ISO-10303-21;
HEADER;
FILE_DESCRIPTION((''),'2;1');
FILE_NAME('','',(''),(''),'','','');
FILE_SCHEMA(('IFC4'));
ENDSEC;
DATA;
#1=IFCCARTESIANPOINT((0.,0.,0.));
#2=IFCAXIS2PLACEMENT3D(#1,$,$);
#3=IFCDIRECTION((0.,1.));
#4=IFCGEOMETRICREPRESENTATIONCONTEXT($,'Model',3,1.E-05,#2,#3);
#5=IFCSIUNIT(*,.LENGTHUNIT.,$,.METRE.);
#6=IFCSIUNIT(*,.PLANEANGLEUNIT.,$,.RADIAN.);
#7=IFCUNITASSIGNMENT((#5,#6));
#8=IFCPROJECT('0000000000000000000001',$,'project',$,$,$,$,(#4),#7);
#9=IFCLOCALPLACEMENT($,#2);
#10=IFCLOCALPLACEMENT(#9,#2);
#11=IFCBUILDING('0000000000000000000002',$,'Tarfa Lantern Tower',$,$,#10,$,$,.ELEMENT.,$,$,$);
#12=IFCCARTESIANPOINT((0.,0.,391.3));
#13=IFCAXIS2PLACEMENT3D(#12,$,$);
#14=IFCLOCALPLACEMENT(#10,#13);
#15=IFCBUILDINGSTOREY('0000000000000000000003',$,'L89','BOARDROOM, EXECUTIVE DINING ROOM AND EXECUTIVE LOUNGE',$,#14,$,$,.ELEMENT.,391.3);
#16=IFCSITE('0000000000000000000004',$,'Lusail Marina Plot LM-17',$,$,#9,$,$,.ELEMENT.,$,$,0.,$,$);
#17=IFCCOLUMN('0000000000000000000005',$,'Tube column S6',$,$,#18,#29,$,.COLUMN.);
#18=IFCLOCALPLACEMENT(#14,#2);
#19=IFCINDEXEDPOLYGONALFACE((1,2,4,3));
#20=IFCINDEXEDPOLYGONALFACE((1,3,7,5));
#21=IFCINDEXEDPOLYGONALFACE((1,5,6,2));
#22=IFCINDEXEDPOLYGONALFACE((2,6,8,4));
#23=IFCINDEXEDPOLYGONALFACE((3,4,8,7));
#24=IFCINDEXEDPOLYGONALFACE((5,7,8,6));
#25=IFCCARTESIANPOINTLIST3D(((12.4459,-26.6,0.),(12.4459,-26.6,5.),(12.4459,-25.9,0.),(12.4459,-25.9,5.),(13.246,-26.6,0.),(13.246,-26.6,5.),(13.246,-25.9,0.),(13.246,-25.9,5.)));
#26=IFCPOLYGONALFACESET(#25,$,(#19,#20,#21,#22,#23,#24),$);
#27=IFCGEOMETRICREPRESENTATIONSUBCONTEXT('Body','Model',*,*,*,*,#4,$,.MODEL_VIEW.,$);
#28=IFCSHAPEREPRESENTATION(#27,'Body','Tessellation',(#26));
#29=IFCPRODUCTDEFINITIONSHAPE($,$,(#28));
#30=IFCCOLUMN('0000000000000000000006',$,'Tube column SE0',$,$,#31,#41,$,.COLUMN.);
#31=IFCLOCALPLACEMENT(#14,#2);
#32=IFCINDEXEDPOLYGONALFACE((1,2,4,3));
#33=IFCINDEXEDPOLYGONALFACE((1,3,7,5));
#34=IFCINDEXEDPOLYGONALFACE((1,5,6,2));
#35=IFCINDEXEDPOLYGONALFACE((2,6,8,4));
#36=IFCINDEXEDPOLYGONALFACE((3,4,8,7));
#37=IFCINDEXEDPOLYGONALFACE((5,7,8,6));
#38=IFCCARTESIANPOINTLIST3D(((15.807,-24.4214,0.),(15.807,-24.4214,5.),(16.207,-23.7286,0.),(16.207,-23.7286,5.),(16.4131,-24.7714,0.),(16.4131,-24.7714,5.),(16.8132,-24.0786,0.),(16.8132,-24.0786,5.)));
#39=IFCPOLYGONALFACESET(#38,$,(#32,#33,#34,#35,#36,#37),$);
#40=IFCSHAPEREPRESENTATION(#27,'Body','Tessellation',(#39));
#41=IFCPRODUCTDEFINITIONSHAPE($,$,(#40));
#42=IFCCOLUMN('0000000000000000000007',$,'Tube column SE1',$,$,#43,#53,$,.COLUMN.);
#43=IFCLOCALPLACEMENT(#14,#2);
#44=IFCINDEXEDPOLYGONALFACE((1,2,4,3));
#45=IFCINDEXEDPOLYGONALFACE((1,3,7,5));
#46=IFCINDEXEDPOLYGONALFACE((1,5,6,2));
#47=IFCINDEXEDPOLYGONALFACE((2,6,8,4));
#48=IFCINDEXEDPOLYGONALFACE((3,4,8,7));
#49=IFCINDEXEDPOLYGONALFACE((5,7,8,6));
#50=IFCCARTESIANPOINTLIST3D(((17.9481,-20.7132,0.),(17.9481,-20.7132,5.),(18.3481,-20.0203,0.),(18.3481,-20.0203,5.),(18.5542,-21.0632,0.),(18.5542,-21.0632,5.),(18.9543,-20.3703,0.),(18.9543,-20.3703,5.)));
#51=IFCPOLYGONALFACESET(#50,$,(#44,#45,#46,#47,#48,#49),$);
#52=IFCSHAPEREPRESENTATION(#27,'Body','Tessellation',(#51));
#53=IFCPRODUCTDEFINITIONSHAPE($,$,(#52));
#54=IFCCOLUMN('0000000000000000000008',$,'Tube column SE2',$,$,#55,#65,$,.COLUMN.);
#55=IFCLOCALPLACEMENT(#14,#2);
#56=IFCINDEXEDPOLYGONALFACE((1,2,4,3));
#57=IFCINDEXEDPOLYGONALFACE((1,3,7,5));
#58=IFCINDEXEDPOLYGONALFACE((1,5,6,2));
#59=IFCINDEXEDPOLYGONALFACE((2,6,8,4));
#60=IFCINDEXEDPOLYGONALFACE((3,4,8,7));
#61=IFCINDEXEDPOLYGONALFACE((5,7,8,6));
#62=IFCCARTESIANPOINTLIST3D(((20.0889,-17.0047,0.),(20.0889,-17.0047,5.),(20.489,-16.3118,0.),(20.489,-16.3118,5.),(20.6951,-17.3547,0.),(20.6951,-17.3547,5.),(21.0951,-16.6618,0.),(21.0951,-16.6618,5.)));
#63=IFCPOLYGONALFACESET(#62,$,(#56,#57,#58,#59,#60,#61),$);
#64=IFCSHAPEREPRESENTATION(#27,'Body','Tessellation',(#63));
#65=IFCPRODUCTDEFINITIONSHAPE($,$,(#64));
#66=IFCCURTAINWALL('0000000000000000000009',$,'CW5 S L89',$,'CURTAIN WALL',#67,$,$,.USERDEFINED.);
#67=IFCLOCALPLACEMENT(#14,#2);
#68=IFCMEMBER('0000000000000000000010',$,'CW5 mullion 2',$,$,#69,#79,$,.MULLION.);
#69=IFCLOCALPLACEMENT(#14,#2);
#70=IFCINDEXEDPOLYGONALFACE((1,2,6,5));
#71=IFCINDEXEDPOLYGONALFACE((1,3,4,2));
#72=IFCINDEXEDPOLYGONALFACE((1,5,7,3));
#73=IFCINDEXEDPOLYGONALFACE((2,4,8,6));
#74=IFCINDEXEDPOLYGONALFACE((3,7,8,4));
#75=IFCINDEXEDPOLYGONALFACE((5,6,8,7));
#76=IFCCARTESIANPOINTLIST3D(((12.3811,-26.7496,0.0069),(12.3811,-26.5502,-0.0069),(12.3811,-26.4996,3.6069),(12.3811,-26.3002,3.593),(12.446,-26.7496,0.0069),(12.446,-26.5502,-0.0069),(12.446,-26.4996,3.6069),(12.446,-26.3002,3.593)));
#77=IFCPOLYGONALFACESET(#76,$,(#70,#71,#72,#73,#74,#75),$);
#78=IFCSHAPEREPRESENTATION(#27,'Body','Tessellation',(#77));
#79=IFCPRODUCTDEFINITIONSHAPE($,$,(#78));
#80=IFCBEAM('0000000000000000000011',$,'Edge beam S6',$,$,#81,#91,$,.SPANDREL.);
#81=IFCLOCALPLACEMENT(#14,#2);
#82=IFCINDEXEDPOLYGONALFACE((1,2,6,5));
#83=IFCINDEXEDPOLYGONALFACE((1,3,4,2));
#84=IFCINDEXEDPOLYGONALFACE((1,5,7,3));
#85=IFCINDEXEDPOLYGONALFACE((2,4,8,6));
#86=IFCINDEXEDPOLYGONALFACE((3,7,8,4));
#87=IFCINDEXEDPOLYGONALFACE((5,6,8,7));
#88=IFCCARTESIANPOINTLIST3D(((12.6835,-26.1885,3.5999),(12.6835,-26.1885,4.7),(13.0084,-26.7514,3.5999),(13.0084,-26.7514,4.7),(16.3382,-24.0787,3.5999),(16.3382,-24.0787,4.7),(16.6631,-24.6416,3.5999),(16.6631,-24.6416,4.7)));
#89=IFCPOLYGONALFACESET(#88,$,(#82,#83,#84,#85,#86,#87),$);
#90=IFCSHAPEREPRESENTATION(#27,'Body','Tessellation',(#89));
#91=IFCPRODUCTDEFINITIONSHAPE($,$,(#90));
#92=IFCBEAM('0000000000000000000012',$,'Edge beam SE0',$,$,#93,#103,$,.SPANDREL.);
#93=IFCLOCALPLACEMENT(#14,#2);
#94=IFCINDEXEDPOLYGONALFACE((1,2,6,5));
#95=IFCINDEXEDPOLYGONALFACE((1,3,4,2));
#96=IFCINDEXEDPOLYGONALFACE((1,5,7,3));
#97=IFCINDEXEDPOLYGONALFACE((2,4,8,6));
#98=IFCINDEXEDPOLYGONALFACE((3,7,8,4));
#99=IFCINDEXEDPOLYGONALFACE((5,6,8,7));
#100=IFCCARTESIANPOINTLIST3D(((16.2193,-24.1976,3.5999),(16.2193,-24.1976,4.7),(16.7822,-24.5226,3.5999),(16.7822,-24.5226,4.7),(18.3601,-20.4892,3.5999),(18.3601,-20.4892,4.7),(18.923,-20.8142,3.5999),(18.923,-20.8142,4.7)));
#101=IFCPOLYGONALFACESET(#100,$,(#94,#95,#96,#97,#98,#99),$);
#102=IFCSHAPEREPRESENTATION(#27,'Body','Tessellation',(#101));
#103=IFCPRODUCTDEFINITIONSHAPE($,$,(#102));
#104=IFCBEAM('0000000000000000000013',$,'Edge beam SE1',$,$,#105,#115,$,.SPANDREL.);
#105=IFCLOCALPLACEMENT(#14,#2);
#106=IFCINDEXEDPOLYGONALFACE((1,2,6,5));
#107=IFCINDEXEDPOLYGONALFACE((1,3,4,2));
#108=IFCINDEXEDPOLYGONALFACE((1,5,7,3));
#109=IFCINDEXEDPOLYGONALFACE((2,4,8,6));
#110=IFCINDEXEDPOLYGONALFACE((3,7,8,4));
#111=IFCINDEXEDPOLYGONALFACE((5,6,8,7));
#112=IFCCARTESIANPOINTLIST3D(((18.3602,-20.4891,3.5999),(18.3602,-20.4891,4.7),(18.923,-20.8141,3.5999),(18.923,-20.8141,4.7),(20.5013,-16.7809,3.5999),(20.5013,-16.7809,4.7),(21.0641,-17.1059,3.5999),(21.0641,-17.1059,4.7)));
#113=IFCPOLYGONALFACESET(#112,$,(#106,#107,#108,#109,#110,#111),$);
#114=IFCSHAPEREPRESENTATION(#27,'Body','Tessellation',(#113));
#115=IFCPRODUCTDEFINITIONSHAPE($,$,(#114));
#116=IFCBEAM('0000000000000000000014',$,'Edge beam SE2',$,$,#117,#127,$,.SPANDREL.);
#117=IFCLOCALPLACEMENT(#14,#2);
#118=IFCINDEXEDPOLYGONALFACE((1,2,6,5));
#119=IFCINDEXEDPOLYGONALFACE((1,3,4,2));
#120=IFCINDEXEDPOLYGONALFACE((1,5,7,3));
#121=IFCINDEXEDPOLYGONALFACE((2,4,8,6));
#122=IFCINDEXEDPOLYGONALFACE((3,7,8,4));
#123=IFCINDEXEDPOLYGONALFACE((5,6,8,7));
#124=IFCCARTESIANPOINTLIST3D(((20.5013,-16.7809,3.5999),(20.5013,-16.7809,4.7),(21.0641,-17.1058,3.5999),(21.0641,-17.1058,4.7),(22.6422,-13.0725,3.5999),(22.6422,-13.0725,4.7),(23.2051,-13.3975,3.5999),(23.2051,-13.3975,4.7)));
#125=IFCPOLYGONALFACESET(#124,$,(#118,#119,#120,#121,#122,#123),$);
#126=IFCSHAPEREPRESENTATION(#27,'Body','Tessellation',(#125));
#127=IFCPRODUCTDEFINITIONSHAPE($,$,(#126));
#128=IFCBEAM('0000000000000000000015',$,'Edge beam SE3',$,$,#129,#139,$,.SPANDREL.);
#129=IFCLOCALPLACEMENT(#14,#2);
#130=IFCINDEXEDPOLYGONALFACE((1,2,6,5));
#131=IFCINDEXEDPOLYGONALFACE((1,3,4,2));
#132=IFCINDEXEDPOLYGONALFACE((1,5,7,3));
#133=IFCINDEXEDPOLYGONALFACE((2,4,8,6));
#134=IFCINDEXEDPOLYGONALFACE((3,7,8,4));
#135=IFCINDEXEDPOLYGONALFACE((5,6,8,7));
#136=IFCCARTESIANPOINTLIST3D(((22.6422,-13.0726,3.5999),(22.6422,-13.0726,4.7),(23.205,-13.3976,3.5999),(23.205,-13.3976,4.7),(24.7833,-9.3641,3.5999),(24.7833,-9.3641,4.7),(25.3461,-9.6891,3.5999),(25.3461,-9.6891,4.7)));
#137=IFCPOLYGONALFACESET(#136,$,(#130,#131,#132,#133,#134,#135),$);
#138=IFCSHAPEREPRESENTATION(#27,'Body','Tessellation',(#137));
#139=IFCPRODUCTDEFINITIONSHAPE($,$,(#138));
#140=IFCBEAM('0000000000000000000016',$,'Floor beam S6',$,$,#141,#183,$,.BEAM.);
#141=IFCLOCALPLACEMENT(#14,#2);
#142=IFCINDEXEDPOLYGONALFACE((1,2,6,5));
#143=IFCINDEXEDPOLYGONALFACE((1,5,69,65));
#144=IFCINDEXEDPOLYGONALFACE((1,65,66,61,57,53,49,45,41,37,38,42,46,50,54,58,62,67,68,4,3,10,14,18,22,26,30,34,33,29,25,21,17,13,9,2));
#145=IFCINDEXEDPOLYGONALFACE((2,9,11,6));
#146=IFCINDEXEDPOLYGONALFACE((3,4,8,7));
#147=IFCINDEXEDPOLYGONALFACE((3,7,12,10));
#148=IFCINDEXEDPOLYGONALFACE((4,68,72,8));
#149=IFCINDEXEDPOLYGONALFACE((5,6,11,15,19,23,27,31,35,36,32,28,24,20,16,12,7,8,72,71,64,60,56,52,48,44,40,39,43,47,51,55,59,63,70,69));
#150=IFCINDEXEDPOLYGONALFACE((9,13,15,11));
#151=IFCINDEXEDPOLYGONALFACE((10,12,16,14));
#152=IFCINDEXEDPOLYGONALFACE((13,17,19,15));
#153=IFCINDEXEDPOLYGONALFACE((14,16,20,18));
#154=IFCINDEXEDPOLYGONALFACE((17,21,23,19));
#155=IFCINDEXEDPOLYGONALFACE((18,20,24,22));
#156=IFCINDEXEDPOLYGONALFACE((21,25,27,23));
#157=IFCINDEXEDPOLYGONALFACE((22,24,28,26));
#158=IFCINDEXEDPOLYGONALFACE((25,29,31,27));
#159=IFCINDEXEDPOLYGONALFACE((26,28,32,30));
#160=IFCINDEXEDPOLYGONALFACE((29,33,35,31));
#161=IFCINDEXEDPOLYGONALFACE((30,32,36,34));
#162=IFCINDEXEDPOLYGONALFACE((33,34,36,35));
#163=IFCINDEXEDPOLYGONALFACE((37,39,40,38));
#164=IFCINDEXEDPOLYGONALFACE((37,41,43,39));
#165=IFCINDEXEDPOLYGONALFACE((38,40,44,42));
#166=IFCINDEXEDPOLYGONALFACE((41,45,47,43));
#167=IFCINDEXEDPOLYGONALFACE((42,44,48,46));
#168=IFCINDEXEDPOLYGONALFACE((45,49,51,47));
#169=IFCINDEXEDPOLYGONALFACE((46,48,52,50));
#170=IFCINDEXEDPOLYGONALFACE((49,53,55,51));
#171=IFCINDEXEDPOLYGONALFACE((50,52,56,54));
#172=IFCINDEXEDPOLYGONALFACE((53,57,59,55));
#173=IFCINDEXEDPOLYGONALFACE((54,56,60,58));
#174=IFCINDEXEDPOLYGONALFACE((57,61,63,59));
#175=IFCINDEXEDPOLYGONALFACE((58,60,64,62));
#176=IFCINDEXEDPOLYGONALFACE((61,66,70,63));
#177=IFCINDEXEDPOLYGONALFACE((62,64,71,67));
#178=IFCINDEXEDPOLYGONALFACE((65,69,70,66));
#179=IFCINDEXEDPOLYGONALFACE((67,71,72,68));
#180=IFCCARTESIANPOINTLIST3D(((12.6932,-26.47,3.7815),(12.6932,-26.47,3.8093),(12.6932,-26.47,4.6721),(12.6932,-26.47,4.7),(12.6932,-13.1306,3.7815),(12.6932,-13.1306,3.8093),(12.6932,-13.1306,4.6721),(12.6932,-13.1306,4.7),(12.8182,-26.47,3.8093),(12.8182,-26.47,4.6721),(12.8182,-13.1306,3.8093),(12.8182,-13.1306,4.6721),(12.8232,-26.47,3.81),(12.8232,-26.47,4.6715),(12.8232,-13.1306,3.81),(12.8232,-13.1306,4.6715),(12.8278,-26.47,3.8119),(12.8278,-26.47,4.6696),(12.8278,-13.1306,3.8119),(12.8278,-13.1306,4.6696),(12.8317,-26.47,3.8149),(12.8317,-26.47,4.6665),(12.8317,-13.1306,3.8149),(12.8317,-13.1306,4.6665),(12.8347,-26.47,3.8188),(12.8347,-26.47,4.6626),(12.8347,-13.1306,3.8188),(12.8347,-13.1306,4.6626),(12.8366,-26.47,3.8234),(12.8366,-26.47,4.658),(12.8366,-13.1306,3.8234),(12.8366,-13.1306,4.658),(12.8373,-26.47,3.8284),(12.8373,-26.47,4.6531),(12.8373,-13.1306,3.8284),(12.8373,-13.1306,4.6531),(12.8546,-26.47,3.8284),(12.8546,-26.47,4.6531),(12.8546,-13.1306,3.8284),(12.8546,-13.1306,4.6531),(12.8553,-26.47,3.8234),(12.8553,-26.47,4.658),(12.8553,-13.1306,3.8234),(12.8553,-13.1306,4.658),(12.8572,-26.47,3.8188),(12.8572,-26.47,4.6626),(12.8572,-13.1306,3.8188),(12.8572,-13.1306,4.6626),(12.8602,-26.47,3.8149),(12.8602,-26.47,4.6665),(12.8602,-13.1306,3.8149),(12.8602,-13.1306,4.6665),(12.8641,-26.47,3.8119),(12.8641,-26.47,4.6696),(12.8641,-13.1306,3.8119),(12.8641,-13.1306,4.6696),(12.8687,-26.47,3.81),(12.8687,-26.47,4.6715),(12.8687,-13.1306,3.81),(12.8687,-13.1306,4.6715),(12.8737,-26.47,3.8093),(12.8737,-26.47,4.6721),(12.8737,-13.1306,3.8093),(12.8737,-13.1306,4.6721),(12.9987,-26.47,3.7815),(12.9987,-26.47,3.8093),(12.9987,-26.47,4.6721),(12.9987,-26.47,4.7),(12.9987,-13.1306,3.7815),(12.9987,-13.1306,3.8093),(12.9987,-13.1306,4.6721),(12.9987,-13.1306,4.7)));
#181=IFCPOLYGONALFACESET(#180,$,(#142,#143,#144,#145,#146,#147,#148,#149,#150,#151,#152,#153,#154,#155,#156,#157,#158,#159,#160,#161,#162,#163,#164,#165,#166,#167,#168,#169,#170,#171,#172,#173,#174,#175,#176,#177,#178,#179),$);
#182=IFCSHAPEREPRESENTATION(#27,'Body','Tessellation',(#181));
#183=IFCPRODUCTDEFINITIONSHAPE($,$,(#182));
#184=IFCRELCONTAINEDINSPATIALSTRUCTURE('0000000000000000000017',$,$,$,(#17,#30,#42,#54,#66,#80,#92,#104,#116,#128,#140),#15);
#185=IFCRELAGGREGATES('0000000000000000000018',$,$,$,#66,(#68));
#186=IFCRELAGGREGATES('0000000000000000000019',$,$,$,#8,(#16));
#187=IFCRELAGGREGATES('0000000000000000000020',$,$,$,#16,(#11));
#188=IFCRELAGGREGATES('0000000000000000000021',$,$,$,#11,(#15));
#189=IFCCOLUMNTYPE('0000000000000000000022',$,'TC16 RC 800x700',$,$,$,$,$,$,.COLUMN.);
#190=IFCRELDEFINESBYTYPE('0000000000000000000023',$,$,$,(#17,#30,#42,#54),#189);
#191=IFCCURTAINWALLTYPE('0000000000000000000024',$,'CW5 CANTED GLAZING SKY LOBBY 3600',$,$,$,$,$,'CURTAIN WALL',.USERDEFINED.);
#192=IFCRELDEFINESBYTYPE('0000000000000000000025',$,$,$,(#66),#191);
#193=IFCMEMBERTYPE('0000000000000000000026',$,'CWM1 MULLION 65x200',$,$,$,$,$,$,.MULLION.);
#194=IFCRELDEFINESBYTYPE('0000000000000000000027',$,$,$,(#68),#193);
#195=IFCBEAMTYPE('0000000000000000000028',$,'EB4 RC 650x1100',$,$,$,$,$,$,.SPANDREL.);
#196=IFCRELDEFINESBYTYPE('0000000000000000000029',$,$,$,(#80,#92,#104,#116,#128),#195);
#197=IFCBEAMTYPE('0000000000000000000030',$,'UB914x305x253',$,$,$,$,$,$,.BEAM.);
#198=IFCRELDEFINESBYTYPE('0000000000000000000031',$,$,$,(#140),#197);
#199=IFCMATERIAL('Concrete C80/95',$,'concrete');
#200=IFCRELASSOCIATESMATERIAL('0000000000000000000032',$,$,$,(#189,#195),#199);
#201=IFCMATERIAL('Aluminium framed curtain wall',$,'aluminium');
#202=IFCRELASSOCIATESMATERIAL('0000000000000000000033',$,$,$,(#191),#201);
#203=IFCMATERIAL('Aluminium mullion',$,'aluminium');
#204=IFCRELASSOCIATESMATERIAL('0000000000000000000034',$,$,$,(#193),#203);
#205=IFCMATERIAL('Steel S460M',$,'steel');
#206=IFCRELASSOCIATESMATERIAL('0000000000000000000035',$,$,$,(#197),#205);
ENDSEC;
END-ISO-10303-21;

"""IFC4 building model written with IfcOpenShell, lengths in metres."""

from ifc_helpers import new_model, si_unit, direction, frame, origin, origin_2d, place, context, subcontext, project, spatial, rectangle, i_section, extrude, material, material_profile, profile_set, type_object, element, aggregate, save


model = new_model("IFC4")

# Units and contexts
model_context = context("Model", 3, precision=1e-05, world=origin(), true_north=direction((0.0, 1.0)))
body_context = subcontext(model_context, "Body", "Model", "MODEL_VIEW")
ifc_project = project(units=[si_unit("LENGTHUNIT", "METRE"), si_unit("PLANEANGLEUNIT", "RADIAN")], contexts=[model_context])

# Site, building, storey
site_placement = place(None, origin())
site = spatial("IfcSite", under=ifc_project, at=site_placement, Name="Lusail Marina Plot LM-17", CompositionType="ELEMENT", RefElevation=0.0)
building_placement = place(site_placement, origin())
building = spatial("IfcBuilding", under=site, at=building_placement, Name="Tarfa Lantern Tower", CompositionType="ELEMENT")
storey_placement = place(building_placement, frame((0.0, 0.0, 391.3)))
storey = spatial("IfcBuildingStorey", under=building, at=storey_placement, Name="L89", Description="BOARDROOM, EXECUTIVE DINING ROOM AND EXECUTIVE LOUNGE", CompositionType="ELEMENT", Elevation=391.3)

# Columns
ifc_material_1 = material(Name="Concrete C80/95", Category="concrete")
ifc_material_profile_1 = material_profile(ifc_material_1, rectangle(XDim=0.8, YDim=0.7, at=origin_2d()), Name="RC 800x700")
ifc_profile_set_1 = profile_set([ifc_material_profile_1], Name="Concrete C80/95")
column_type = type_object("IfcColumnType", Name="TC16 RC 800x700", PredefinedType="COLUMN", material=ifc_profile_set_1)
for number, where, z_axis, x_axis, name in (
    (1, (12.8459, -26.25, 0.0), (0.0, 0.0, 1.0), (1.0, 0.0, 0.0), "Tube column S6"),
    (2, (16.3101, -24.25, 0.0), (0.0, 0.0, 1.0), (0.5, 0.866025, 0.0), "Tube column SE0"),
    (3, (18.4512, -20.5417, 0.0), (0.0, 0.0, 1.0), (0.5, 0.866025, 0.0), "Tube column SE1"),
    (4, (20.592, -16.8333, 0.0), (0.0, 0.0, 1.0), (0.5, 0.866025, 0.0), "Tube column SE2"),
):
    element("IfcColumn", number, at=place(storey_placement, frame(where, z_axis=z_axis, x_axis=x_axis)), inside=storey, type_object=column_type, Name=name, PredefinedType="COLUMN", context=body_context, shape_type="SweptSolid", body=[
        extrude(rectangle(XDim=0.8, YDim=0.7, at=origin_2d()), origin(), (0.0, 0.0, 1.0), 5.0),
    ])

# Curtain wall, member
ifc_material_2 = material(Name="Aluminium framed curtain wall", Category="aluminium")
curtain_wall_type = type_object("IfcCurtainWallType", Name="CW5 CANTED GLAZING SKY LOBBY 3600", ElementType="CURTAIN WALL", PredefinedType="USERDEFINED", material=ifc_material_2)
curtain_wall_placement = place(storey_placement, origin())
curtain_wall = element("IfcCurtainWall", 5, at=curtain_wall_placement, inside=storey, type_object=curtain_wall_type, Name="CW5 S L89", ObjectType="CURTAIN WALL", PredefinedType="USERDEFINED")
ifc_material_3 = material(Name="Aluminium mullion", Category="aluminium")
ifc_material_profile_2 = material_profile(ifc_material_3, rectangle(XDim=0.0649, YDim=0.2, at=origin_2d()), Name="AL MULLION 65x200")
ifc_profile_set_2 = profile_set([ifc_material_profile_2], Name="Aluminium mullion")
member_type = type_object("IfcMemberType", Name="CWM1 MULLION 65x200", PredefinedType="MULLION", material=ifc_profile_set_2)
member_placement = place(storey_placement, frame((12.4136, -26.6499, 0.0), z_axis=(0.0, 0.06928, 0.997597), x_axis=(-1.0, 0.0, 0.0)))
member = element("IfcMember", 6, at=member_placement, type_object=member_type, Name="CW5 mullion 2", PredefinedType="MULLION", context=body_context, shape_type="SweptSolid", body=[
    extrude(rectangle(XDim=0.0649, YDim=0.2, at=origin_2d()), origin(), (0.0, 0.0, 1.0), 3.6086),
])
aggregate(curtain_wall, [member])

# Beams
ifc_material_profile_3 = material_profile(ifc_material_1, rectangle(XDim=0.6499, YDim=1.1001, at=origin_2d()), Name="RC 650x1100")
ifc_profile_set_3 = profile_set([ifc_material_profile_3], Name="Concrete C80/95")
beam_type_1 = type_object("IfcBeamType", Name="EB4 RC 650x1100", PredefinedType="SPANDREL", material=ifc_profile_set_3)
beam_1_placement = place(storey_placement, frame((12.8459, -26.47, 4.1499), z_axis=(0.866049, 0.499959, 0.0), x_axis=(-0.499959, 0.866049, 0.0)))
element("IfcBeam", 7, at=beam_1_placement, inside=storey, type_object=beam_type_1, Name="Edge beam S6", PredefinedType="SPANDREL", context=body_context, shape_type="SweptSolid", body=[
    extrude(rectangle(XDim=0.6499, YDim=1.1001, at=origin_2d()), origin(), (0.0, 0.0, 1.0), 4.22),
])
for number, where, z_axis, x_axis, name in (
    (8, (16.5007, -24.3601, 4.1499), (0.499959, 0.866049, 0.0), (-0.866049, 0.499959, 0.0), "Edge beam SE0"),
    (9, (18.6416, -20.6516, 4.1499), (0.500027, 0.86601, 0.0), (-0.86601, 0.500027, 0.0), "Edge beam SE1"),
    (10, (20.7827, -16.9434, 4.1499), (0.499984, 0.866035, 0.0), (-0.866035, 0.499984, 0.0), "Edge beam SE2"),
):
    element("IfcBeam", number, at=place(storey_placement, frame(where, z_axis=z_axis, x_axis=x_axis)), inside=storey, type_object=beam_type_1, Name=name, PredefinedType="SPANDREL", context=body_context, shape_type="SweptSolid", body=[
        extrude(rectangle(XDim=0.6499, YDim=1.1001, at=origin_2d()), origin(), (0.0, 0.0, 1.0), 4.282),
    ])
beam_2_placement = place(storey_placement, frame((22.9236, -13.2351, 4.1499), z_axis=(0.500002, 0.866024, 0.0), x_axis=(-0.866024, 0.500002, 0.0)))
element("IfcBeam", 11, at=beam_2_placement, inside=storey, type_object=beam_type_1, Name="Edge beam SE3", PredefinedType="SPANDREL", context=body_context, shape_type="SweptSolid", body=[
    extrude(rectangle(XDim=0.6499, YDim=1.1001, at=origin_2d()), origin(), (0.0, 0.0, 1.0), 4.2822),
])
ifc_material_4 = material(Name="Steel S460M", Category="steel")
ifc_material_profile_4 = material_profile(ifc_material_4, i_section(OverallWidth=0.3054, OverallDepth=0.9185, WebThickness=0.0173, FlangeThickness=0.0278, FilletRadius=0.019, at=origin_2d()), Name="UB914x305x253")
ifc_profile_set_4 = profile_set([ifc_material_profile_4], Name="Steel S460M")
beam_type_2 = type_object("IfcBeamType", Name="UB914x305x253", PredefinedType="BEAM", material=ifc_profile_set_4)
beam_3_placement = place(storey_placement, frame((12.8459, -26.47, 4.2407), z_axis=(0.0, 1.0, 0.0), x_axis=(-1.0, 0.0, 0.0)))
element("IfcBeam", 12, at=beam_3_placement, inside=storey, type_object=beam_type_2, Name="Floor beam S6", PredefinedType="BEAM", context=body_context, shape_type="SweptSolid", body=[
    extrude(i_section(OverallWidth=0.3054, OverallDepth=0.9185, WebThickness=0.0173, FlangeThickness=0.0278, FilletRadius=0.019, at=origin_2d()), origin(), (0.0, 0.0, 1.0), 13.3394),
])

save(model, "model.ifc")
